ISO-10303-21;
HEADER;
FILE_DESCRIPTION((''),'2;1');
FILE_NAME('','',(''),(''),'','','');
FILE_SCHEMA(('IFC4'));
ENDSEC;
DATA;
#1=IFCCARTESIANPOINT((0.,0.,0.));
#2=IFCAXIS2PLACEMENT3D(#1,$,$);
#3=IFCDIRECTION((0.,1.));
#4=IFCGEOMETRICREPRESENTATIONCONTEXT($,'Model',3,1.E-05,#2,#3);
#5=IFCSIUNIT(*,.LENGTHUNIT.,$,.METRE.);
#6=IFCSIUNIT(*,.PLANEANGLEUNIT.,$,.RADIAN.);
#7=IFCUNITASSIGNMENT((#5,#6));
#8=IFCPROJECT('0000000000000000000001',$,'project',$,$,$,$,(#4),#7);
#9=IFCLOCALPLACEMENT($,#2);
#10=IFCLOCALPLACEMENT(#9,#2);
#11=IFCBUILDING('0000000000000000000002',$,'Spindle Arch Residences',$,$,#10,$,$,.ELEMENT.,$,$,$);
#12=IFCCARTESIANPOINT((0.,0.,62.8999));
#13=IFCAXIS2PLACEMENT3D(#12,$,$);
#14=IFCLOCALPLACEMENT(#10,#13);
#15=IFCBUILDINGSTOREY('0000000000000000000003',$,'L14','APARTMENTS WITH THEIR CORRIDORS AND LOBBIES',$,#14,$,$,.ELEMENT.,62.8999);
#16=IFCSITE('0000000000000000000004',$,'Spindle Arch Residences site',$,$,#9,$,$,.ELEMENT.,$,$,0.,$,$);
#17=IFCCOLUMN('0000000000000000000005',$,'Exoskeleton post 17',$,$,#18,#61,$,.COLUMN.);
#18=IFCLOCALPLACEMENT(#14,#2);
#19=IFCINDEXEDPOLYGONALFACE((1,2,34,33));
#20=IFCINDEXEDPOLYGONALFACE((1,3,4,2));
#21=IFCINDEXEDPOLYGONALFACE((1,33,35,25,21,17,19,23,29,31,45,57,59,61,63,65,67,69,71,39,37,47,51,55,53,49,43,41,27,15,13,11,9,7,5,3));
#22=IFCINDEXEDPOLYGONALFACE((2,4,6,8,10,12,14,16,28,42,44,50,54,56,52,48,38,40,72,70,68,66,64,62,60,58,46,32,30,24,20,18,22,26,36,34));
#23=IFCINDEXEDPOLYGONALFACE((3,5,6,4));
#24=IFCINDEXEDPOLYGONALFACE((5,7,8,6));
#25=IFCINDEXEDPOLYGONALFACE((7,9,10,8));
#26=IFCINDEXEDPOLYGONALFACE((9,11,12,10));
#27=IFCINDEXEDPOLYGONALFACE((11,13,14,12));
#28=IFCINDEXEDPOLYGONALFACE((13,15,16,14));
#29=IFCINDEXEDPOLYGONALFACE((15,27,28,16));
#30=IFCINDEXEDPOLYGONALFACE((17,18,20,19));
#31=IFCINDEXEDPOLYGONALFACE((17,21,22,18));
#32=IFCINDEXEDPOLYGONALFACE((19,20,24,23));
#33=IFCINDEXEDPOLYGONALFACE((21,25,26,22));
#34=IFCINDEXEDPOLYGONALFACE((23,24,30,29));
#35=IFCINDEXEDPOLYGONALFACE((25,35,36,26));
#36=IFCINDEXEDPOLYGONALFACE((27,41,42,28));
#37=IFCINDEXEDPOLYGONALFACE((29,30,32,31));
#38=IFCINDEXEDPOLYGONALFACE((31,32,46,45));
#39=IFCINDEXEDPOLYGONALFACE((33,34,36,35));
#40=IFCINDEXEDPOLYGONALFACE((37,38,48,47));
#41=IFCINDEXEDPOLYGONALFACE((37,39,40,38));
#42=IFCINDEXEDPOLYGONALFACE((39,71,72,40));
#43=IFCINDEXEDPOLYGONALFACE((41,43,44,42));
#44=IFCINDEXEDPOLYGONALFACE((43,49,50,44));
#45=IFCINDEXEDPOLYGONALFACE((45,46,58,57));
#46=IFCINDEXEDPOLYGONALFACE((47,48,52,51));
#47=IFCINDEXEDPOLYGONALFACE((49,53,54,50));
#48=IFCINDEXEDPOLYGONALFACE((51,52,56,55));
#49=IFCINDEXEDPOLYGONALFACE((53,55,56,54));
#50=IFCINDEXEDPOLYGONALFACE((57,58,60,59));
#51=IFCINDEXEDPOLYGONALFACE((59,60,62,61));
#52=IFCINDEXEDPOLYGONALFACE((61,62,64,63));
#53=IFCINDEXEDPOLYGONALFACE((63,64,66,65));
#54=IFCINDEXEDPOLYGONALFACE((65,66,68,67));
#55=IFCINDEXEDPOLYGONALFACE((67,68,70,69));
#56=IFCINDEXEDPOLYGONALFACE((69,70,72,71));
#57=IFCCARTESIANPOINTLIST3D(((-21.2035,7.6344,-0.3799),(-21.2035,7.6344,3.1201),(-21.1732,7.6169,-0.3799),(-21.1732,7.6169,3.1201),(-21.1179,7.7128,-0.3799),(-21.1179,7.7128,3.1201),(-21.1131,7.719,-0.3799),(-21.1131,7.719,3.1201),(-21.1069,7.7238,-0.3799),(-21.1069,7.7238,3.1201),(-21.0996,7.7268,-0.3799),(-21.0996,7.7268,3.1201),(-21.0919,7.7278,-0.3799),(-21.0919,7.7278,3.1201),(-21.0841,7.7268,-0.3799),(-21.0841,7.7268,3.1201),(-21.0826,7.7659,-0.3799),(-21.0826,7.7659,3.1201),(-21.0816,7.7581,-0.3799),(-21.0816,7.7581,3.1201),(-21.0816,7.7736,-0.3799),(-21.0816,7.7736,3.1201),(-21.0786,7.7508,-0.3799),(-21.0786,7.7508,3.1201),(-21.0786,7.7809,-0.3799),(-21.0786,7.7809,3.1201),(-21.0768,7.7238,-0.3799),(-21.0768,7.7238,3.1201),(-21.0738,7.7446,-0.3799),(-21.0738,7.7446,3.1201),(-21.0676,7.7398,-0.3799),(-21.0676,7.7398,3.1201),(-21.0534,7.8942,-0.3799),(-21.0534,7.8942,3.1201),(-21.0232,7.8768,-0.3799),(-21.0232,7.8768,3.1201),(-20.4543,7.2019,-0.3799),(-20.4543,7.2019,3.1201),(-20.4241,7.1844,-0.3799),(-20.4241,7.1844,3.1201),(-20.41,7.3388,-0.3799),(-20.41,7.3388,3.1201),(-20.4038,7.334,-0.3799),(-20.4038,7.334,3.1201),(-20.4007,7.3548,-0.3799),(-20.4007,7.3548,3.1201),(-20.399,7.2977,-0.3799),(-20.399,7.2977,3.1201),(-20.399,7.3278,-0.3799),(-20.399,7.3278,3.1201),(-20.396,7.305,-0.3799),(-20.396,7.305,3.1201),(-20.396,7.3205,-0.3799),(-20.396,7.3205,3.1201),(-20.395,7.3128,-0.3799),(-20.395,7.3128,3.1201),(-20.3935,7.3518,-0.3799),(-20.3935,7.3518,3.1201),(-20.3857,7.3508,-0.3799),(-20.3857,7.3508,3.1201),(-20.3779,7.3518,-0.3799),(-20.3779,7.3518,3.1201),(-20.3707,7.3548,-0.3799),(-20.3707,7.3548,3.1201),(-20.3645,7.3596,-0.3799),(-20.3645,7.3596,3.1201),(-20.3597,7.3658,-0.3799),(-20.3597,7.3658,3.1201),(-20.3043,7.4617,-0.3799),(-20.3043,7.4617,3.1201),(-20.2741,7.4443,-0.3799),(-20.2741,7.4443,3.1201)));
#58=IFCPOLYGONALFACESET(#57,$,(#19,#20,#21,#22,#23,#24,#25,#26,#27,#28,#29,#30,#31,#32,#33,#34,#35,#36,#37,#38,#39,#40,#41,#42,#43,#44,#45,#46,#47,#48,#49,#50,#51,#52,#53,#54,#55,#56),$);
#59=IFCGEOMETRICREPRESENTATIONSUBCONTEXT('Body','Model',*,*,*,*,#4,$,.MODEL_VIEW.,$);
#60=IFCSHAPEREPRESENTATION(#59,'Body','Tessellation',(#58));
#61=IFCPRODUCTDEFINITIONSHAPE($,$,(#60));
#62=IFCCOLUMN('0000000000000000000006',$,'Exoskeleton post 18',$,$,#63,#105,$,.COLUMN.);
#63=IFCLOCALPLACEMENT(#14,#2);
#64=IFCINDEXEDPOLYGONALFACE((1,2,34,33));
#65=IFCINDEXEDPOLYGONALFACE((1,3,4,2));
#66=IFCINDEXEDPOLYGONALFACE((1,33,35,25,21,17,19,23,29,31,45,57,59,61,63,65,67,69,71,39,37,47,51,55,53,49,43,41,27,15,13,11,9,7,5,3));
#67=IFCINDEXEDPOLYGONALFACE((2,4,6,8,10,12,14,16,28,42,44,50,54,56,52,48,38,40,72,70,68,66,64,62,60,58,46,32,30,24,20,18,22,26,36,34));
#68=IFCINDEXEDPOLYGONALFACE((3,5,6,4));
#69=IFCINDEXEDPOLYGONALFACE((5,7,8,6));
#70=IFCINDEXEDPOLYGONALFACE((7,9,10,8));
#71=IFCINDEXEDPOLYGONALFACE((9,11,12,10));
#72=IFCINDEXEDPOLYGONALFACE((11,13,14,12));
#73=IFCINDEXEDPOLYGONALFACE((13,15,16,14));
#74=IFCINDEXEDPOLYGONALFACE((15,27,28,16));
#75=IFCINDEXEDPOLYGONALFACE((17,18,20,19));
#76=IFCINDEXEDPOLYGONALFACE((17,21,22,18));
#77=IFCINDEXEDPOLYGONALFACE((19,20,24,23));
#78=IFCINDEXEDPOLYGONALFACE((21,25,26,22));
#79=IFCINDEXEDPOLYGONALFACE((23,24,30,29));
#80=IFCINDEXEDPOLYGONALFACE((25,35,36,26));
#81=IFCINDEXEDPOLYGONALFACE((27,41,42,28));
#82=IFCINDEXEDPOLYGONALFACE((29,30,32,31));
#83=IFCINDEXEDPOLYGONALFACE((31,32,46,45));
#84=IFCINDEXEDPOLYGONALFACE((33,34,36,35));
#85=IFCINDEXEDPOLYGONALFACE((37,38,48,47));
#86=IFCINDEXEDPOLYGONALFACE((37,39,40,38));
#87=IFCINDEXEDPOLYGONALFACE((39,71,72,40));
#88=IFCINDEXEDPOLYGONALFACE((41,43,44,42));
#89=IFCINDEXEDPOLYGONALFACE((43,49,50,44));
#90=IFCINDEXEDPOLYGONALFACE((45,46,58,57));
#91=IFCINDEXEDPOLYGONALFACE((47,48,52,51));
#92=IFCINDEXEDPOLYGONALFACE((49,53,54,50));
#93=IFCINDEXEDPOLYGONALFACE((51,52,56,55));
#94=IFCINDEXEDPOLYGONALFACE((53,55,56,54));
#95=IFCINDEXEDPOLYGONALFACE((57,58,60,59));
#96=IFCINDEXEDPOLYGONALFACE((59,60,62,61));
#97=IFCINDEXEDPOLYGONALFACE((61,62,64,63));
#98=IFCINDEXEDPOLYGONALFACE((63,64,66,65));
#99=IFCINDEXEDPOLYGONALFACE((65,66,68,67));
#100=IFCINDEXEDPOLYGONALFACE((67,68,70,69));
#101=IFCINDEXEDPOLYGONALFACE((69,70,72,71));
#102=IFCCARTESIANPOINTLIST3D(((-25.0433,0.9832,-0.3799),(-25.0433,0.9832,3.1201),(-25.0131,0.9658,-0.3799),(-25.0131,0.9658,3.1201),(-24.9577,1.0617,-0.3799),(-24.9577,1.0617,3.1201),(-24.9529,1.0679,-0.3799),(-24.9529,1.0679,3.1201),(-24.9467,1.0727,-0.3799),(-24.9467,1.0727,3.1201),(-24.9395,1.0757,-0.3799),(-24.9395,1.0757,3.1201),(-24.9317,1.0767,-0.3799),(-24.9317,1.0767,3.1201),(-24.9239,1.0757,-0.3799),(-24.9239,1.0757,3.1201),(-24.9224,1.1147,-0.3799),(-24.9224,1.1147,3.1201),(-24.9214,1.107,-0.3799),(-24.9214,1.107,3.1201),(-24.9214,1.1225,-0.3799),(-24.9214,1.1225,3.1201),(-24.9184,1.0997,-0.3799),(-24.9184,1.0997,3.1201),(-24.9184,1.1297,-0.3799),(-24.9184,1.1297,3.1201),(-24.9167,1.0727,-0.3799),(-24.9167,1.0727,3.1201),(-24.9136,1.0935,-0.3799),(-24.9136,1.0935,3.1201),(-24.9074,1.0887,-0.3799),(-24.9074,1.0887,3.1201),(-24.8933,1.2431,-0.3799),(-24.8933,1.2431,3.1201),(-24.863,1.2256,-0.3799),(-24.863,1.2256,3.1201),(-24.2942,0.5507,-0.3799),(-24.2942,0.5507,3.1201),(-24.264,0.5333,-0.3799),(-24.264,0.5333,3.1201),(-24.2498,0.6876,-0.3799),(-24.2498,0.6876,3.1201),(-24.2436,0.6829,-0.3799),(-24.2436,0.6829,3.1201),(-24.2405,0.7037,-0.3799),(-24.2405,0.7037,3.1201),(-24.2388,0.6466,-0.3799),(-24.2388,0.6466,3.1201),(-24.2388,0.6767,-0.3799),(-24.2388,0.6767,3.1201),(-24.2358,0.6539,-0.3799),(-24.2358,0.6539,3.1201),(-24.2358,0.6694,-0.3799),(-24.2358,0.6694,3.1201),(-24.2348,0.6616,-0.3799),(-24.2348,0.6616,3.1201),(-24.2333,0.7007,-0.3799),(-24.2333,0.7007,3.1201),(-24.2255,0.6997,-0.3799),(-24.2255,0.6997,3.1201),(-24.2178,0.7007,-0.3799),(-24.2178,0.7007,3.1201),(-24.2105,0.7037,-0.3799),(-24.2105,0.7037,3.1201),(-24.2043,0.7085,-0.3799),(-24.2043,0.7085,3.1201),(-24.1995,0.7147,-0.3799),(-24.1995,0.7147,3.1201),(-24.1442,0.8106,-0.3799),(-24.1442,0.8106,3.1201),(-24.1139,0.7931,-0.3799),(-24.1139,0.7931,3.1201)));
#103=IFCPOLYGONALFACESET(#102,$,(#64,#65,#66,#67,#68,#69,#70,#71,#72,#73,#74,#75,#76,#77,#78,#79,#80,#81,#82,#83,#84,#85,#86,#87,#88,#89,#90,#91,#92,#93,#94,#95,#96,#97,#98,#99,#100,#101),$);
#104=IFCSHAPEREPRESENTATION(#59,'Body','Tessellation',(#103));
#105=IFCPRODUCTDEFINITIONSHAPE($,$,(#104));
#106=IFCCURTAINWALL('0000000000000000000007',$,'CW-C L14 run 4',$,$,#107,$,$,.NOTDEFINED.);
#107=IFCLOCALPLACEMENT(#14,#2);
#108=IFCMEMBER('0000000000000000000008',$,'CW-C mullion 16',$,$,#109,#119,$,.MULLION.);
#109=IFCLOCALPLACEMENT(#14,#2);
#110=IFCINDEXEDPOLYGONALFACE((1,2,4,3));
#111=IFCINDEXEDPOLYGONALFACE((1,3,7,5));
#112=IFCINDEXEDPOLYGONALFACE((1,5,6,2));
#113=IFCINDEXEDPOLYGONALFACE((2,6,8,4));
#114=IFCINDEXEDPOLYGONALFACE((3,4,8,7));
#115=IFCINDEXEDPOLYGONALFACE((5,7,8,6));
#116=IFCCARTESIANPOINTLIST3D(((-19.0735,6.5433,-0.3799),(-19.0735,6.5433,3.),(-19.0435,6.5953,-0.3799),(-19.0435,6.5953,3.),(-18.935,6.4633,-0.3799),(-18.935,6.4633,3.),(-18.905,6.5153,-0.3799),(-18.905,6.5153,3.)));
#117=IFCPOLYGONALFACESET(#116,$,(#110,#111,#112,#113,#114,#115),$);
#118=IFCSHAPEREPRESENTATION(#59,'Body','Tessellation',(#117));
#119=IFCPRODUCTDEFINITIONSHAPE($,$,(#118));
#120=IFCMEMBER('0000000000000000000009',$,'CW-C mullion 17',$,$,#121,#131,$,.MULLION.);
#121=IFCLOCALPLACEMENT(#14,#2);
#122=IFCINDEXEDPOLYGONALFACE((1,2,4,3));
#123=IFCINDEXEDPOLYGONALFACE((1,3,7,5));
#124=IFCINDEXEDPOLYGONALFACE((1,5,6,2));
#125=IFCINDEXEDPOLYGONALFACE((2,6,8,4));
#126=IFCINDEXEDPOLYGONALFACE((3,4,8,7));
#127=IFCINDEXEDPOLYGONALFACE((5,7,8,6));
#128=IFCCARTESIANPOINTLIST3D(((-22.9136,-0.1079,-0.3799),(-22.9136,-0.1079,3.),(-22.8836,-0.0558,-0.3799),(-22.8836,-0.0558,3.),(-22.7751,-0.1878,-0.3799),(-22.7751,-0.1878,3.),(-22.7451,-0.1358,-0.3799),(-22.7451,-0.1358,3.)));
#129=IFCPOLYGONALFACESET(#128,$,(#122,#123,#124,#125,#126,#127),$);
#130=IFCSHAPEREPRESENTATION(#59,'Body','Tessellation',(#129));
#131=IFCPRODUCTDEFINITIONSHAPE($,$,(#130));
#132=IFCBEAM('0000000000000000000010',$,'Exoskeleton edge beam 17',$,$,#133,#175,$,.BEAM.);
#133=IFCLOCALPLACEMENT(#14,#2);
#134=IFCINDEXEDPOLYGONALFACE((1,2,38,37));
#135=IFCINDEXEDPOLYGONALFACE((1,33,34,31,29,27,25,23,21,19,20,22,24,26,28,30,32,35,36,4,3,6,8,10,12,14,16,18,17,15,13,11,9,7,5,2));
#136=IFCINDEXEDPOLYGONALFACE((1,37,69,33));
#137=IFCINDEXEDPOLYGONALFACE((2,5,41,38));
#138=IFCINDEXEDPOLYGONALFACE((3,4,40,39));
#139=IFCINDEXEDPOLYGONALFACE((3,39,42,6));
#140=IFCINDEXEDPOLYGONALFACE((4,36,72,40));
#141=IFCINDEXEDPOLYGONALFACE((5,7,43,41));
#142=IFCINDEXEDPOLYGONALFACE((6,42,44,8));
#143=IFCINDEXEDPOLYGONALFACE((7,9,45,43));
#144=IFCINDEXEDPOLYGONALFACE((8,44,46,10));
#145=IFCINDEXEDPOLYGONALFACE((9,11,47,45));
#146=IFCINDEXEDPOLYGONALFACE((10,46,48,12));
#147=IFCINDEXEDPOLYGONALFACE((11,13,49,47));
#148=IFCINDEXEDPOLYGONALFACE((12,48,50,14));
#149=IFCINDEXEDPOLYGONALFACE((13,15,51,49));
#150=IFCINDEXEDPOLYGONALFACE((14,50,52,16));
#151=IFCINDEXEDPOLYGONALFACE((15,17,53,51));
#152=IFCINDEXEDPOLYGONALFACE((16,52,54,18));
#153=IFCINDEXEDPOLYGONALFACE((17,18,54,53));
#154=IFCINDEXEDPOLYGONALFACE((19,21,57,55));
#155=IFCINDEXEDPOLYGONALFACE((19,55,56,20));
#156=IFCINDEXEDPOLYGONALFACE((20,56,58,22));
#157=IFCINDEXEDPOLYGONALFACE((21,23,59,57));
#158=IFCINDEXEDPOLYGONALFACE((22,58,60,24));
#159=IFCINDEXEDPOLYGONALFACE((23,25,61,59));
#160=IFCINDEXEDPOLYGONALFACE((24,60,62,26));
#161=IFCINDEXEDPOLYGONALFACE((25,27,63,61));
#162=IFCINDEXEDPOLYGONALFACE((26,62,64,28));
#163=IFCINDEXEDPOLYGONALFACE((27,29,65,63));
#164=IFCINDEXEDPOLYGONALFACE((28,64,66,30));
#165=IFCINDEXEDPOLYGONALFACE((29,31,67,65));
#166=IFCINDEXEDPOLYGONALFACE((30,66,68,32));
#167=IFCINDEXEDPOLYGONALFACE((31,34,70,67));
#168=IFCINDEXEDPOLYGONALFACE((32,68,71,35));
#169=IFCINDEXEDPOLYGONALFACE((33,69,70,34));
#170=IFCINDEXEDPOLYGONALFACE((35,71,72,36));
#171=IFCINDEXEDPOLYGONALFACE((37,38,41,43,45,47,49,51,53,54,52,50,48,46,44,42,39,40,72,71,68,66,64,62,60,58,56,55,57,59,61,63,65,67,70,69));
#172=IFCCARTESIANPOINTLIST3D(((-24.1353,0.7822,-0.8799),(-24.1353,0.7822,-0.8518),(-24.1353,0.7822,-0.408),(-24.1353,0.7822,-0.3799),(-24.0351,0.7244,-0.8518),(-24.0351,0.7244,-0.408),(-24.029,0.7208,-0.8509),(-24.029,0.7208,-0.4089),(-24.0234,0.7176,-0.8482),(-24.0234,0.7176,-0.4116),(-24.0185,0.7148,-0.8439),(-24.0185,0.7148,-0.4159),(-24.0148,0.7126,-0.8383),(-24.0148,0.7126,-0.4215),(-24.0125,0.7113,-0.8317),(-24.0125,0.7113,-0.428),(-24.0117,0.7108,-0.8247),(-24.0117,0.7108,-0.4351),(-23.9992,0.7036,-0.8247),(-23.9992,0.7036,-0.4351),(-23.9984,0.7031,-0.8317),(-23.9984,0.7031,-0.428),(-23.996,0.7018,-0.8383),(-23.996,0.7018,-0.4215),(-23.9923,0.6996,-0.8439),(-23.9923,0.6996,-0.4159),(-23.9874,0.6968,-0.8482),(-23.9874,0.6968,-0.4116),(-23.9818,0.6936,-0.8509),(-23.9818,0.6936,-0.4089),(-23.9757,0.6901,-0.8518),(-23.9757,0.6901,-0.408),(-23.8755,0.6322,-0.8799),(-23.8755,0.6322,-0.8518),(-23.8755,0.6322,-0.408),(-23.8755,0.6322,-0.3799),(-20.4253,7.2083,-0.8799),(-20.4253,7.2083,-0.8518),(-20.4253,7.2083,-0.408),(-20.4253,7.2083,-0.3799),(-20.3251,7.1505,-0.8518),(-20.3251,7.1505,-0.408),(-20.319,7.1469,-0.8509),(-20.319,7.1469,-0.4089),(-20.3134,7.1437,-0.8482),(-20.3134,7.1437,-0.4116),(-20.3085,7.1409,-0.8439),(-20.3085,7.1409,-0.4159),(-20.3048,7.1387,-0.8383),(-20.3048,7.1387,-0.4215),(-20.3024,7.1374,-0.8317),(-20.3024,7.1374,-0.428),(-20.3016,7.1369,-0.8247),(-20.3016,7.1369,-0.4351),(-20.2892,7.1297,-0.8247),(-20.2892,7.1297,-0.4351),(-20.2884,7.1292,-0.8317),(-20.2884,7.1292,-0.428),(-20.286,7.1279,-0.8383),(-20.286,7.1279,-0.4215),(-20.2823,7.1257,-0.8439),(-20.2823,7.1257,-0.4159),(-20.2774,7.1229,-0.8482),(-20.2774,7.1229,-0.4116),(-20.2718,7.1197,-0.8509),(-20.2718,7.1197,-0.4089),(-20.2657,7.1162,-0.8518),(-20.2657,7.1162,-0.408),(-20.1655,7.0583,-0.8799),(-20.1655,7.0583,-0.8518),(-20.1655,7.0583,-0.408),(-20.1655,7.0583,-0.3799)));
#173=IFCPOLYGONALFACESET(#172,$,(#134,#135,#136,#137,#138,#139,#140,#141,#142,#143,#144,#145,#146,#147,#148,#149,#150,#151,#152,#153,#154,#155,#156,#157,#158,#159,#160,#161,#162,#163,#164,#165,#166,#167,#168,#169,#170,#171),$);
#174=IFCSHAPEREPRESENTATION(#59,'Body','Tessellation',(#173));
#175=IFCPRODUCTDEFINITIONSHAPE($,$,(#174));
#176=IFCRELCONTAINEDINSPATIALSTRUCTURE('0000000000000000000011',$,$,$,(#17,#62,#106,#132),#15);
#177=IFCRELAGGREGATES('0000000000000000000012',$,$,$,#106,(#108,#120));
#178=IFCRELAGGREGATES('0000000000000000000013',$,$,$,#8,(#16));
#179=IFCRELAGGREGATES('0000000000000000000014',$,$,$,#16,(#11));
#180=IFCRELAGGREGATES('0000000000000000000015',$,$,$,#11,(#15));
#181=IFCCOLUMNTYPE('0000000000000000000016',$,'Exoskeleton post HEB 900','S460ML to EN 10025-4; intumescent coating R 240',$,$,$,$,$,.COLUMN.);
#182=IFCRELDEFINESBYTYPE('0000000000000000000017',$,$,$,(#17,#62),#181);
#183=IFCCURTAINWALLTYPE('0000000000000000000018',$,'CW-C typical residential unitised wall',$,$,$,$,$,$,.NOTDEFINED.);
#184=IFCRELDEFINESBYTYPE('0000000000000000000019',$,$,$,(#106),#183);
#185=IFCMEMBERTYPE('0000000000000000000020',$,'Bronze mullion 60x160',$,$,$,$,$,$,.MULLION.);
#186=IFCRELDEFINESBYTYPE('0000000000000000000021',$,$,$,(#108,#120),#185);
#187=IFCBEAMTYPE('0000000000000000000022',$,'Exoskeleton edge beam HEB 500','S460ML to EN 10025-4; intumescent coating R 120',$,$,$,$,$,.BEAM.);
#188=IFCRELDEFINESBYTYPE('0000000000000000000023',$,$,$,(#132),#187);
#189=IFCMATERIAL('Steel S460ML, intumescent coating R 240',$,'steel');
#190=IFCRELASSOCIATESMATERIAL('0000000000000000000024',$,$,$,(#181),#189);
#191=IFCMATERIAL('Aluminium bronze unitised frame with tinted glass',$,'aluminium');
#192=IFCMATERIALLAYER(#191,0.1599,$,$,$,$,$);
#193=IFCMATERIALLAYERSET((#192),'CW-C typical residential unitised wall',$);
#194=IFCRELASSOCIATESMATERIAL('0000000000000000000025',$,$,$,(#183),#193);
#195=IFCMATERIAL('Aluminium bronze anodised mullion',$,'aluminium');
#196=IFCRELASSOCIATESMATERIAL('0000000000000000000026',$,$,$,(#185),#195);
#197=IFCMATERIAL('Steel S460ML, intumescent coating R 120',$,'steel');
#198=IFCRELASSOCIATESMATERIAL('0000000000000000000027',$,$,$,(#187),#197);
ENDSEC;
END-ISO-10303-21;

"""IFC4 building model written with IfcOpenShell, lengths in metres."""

from ifc_helpers import new_model, si_unit, direction, frame, origin, origin_2d, place, context, subcontext, project, spatial, rectangle, i_section, extrude, material, layer, layer_set, material_profile, profile_set, type_object, element, aggregate, save


model = new_model("IFC4")

# Units and contexts
model_context = context("Model", 3, precision=1e-05, world=origin(), true_north=direction((0.0, 1.0)))
body_context = subcontext(model_context, "Body", "Model", "MODEL_VIEW")
ifc_project = project(units=[si_unit("LENGTHUNIT", "METRE"), si_unit("PLANEANGLEUNIT", "RADIAN")], contexts=[model_context])

# Site, building, storey
site_placement = place(None, origin())
site = spatial("IfcSite", under=ifc_project, at=site_placement, Name="Spindle Arch Residences site", CompositionType="ELEMENT", RefElevation=0.0)
building_placement = place(site_placement, origin())
building = spatial("IfcBuilding", under=site, at=building_placement, Name="Spindle Arch Residences", CompositionType="ELEMENT")
storey_placement = place(building_placement, frame((0.0, 0.0, 62.8999)))
storey = spatial("IfcBuildingStorey", under=building, at=storey_placement, Name="L14", Description="APARTMENTS WITH THEIR CORRIDORS AND LOBBIES", CompositionType="ELEMENT", Elevation=62.8999)

# Columns
ifc_material_1 = material(Name="Steel S460ML, intumescent coating R 240", Category="steel")
ifc_material_profile_1 = material_profile(ifc_material_1, i_section(OverallWidth=0.3, OverallDepth=0.8999, WebThickness=0.0186, FlangeThickness=0.0349, FilletRadius=0.03, at=origin_2d()), Name="HEB 900")
ifc_profile_set_1 = profile_set([ifc_material_profile_1], Name="Steel S460ML, intumescent coating R 240")
column_type = type_object("IfcColumnType", Name="Exoskeleton post HEB 900", Description="S460ML to EN 10025-4; intumescent coating R 240", PredefinedType="COLUMN", material=ifc_profile_set_1)
for number, where, z_axis, x_axis, name in (
    (1, (-20.7388, 7.5393, -0.3799), (0.0, 0.0, 1.0), (0.5, 0.866025, 0.0), "Exoskeleton post 17"),
    (2, (-24.5786, 0.8882, -0.3799), (0.0, 0.0, 1.0), (0.5, 0.866025, 0.0), "Exoskeleton post 18"),
):
    element("IfcColumn", number, at=place(storey_placement, frame(where, z_axis=z_axis, x_axis=x_axis)), inside=storey, type_object=column_type, Name=name, PredefinedType="COLUMN", context=body_context, shape_type="SweptSolid", body=[
        extrude(i_section(OverallWidth=0.3, OverallDepth=0.8999, WebThickness=0.0186, FlangeThickness=0.0349, FilletRadius=0.03, at=origin_2d()), origin(), (0.0, 0.0, 1.0), 3.5),
    ])

# Curtain wall, members
ifc_material_2 = material(Name="Aluminium bronze unitised frame with tinted glass", Category="aluminium")
ifc_layer_1 = layer(ifc_material_2, 0.1599)
ifc_layer_set_1 = layer_set([ifc_layer_1], Name="CW-C typical residential unitised wall")
curtain_wall_type = type_object("IfcCurtainWallType", Name="CW-C typical residential unitised wall", PredefinedType="NOTDEFINED", material=ifc_layer_set_1)
curtain_wall_placement = place(storey_placement, origin())
curtain_wall = element("IfcCurtainWall", 3, at=curtain_wall_placement, inside=storey, type_object=curtain_wall_type, Name="CW-C L14 run 4", PredefinedType="NOTDEFINED")
ifc_material_3 = material(Name="Aluminium bronze anodised mullion", Category="aluminium")
ifc_material_profile_2 = material_profile(ifc_material_3, rectangle(XDim=0.1599, YDim=0.0601, at=origin_2d()), Name="MU 60x160")
ifc_profile_set_2 = profile_set([ifc_material_profile_2], Name="Aluminium bronze anodised mullion")
member_type = type_object("IfcMemberType", Name="Bronze mullion 60x160", PredefinedType="MULLION", material=ifc_profile_set_2)
member_1_placement = place(storey_placement, frame((-18.9893, 6.5293, -0.3799), z_axis=(0.0, 0.0, 1.0), x_axis=(0.866025, -0.5, 0.0)))
member_1 = element("IfcMember", 4, at=member_1_placement, type_object=member_type, Name="CW-C mullion 16", PredefinedType="MULLION", context=body_context, shape_type="SweptSolid", body=[
    extrude(rectangle(XDim=0.1599, YDim=0.0601, at=origin_2d()), origin(), (0.0, 0.0, 1.0), 3.3799),
])
member_2_placement = place(storey_placement, frame((-22.8293, -0.1218, -0.3799), z_axis=(0.0, 0.0, 1.0), x_axis=(0.866025, -0.5, 0.0)))
member_2 = element("IfcMember", 5, at=member_2_placement, type_object=member_type, Name="CW-C mullion 17", PredefinedType="MULLION", context=body_context, shape_type="SweptSolid", body=[
    extrude(rectangle(XDim=0.1599, YDim=0.0601, at=origin_2d()), origin(), (0.0, 0.0, 1.0), 3.3799),
])

# Beam
ifc_material_4 = material(Name="Steel S460ML, intumescent coating R 120", Category="steel")
ifc_material_profile_3 = material_profile(ifc_material_4, i_section(OverallWidth=0.3, OverallDepth=0.5, WebThickness=0.0144, FlangeThickness=0.0281, FilletRadius=0.0271, at=origin_2d()), Name="HEB 500")
ifc_profile_set_3 = profile_set([ifc_material_profile_3], Name="Steel S460ML, intumescent coating R 120")
beam_type_1 = type_object("IfcBeamType", Name="Exoskeleton edge beam HEB 500", Description="S460ML to EN 10025-4; intumescent coating R 120", PredefinedType="BEAM", material=ifc_profile_set_3)
for number, where, z_axis, x_axis, name in (
    (6, (-20.2954, 7.1333, -0.6299), (-0.499989, -0.866032, 0.0), (0.866032, -0.499989, 0.0), "Exoskeleton edge beam 17"),
):
    element("IfcBeam", number, at=place(storey_placement, frame(where, z_axis=z_axis, x_axis=x_axis)), inside=storey, type_object=beam_type_1, Name=name, PredefinedType="BEAM", context=body_context, shape_type="SweptSolid", body=[
        extrude(i_section(OverallWidth=0.3, OverallDepth=0.5, WebThickness=0.0144, FlangeThickness=0.0281, FilletRadius=0.0271, at=origin_2d()), origin(), (0.0, 0.0, 1.0), 7.4202),
    ])

aggregate(curtain_wall, [member_1, member_2])

save(model, "model.ifc")
